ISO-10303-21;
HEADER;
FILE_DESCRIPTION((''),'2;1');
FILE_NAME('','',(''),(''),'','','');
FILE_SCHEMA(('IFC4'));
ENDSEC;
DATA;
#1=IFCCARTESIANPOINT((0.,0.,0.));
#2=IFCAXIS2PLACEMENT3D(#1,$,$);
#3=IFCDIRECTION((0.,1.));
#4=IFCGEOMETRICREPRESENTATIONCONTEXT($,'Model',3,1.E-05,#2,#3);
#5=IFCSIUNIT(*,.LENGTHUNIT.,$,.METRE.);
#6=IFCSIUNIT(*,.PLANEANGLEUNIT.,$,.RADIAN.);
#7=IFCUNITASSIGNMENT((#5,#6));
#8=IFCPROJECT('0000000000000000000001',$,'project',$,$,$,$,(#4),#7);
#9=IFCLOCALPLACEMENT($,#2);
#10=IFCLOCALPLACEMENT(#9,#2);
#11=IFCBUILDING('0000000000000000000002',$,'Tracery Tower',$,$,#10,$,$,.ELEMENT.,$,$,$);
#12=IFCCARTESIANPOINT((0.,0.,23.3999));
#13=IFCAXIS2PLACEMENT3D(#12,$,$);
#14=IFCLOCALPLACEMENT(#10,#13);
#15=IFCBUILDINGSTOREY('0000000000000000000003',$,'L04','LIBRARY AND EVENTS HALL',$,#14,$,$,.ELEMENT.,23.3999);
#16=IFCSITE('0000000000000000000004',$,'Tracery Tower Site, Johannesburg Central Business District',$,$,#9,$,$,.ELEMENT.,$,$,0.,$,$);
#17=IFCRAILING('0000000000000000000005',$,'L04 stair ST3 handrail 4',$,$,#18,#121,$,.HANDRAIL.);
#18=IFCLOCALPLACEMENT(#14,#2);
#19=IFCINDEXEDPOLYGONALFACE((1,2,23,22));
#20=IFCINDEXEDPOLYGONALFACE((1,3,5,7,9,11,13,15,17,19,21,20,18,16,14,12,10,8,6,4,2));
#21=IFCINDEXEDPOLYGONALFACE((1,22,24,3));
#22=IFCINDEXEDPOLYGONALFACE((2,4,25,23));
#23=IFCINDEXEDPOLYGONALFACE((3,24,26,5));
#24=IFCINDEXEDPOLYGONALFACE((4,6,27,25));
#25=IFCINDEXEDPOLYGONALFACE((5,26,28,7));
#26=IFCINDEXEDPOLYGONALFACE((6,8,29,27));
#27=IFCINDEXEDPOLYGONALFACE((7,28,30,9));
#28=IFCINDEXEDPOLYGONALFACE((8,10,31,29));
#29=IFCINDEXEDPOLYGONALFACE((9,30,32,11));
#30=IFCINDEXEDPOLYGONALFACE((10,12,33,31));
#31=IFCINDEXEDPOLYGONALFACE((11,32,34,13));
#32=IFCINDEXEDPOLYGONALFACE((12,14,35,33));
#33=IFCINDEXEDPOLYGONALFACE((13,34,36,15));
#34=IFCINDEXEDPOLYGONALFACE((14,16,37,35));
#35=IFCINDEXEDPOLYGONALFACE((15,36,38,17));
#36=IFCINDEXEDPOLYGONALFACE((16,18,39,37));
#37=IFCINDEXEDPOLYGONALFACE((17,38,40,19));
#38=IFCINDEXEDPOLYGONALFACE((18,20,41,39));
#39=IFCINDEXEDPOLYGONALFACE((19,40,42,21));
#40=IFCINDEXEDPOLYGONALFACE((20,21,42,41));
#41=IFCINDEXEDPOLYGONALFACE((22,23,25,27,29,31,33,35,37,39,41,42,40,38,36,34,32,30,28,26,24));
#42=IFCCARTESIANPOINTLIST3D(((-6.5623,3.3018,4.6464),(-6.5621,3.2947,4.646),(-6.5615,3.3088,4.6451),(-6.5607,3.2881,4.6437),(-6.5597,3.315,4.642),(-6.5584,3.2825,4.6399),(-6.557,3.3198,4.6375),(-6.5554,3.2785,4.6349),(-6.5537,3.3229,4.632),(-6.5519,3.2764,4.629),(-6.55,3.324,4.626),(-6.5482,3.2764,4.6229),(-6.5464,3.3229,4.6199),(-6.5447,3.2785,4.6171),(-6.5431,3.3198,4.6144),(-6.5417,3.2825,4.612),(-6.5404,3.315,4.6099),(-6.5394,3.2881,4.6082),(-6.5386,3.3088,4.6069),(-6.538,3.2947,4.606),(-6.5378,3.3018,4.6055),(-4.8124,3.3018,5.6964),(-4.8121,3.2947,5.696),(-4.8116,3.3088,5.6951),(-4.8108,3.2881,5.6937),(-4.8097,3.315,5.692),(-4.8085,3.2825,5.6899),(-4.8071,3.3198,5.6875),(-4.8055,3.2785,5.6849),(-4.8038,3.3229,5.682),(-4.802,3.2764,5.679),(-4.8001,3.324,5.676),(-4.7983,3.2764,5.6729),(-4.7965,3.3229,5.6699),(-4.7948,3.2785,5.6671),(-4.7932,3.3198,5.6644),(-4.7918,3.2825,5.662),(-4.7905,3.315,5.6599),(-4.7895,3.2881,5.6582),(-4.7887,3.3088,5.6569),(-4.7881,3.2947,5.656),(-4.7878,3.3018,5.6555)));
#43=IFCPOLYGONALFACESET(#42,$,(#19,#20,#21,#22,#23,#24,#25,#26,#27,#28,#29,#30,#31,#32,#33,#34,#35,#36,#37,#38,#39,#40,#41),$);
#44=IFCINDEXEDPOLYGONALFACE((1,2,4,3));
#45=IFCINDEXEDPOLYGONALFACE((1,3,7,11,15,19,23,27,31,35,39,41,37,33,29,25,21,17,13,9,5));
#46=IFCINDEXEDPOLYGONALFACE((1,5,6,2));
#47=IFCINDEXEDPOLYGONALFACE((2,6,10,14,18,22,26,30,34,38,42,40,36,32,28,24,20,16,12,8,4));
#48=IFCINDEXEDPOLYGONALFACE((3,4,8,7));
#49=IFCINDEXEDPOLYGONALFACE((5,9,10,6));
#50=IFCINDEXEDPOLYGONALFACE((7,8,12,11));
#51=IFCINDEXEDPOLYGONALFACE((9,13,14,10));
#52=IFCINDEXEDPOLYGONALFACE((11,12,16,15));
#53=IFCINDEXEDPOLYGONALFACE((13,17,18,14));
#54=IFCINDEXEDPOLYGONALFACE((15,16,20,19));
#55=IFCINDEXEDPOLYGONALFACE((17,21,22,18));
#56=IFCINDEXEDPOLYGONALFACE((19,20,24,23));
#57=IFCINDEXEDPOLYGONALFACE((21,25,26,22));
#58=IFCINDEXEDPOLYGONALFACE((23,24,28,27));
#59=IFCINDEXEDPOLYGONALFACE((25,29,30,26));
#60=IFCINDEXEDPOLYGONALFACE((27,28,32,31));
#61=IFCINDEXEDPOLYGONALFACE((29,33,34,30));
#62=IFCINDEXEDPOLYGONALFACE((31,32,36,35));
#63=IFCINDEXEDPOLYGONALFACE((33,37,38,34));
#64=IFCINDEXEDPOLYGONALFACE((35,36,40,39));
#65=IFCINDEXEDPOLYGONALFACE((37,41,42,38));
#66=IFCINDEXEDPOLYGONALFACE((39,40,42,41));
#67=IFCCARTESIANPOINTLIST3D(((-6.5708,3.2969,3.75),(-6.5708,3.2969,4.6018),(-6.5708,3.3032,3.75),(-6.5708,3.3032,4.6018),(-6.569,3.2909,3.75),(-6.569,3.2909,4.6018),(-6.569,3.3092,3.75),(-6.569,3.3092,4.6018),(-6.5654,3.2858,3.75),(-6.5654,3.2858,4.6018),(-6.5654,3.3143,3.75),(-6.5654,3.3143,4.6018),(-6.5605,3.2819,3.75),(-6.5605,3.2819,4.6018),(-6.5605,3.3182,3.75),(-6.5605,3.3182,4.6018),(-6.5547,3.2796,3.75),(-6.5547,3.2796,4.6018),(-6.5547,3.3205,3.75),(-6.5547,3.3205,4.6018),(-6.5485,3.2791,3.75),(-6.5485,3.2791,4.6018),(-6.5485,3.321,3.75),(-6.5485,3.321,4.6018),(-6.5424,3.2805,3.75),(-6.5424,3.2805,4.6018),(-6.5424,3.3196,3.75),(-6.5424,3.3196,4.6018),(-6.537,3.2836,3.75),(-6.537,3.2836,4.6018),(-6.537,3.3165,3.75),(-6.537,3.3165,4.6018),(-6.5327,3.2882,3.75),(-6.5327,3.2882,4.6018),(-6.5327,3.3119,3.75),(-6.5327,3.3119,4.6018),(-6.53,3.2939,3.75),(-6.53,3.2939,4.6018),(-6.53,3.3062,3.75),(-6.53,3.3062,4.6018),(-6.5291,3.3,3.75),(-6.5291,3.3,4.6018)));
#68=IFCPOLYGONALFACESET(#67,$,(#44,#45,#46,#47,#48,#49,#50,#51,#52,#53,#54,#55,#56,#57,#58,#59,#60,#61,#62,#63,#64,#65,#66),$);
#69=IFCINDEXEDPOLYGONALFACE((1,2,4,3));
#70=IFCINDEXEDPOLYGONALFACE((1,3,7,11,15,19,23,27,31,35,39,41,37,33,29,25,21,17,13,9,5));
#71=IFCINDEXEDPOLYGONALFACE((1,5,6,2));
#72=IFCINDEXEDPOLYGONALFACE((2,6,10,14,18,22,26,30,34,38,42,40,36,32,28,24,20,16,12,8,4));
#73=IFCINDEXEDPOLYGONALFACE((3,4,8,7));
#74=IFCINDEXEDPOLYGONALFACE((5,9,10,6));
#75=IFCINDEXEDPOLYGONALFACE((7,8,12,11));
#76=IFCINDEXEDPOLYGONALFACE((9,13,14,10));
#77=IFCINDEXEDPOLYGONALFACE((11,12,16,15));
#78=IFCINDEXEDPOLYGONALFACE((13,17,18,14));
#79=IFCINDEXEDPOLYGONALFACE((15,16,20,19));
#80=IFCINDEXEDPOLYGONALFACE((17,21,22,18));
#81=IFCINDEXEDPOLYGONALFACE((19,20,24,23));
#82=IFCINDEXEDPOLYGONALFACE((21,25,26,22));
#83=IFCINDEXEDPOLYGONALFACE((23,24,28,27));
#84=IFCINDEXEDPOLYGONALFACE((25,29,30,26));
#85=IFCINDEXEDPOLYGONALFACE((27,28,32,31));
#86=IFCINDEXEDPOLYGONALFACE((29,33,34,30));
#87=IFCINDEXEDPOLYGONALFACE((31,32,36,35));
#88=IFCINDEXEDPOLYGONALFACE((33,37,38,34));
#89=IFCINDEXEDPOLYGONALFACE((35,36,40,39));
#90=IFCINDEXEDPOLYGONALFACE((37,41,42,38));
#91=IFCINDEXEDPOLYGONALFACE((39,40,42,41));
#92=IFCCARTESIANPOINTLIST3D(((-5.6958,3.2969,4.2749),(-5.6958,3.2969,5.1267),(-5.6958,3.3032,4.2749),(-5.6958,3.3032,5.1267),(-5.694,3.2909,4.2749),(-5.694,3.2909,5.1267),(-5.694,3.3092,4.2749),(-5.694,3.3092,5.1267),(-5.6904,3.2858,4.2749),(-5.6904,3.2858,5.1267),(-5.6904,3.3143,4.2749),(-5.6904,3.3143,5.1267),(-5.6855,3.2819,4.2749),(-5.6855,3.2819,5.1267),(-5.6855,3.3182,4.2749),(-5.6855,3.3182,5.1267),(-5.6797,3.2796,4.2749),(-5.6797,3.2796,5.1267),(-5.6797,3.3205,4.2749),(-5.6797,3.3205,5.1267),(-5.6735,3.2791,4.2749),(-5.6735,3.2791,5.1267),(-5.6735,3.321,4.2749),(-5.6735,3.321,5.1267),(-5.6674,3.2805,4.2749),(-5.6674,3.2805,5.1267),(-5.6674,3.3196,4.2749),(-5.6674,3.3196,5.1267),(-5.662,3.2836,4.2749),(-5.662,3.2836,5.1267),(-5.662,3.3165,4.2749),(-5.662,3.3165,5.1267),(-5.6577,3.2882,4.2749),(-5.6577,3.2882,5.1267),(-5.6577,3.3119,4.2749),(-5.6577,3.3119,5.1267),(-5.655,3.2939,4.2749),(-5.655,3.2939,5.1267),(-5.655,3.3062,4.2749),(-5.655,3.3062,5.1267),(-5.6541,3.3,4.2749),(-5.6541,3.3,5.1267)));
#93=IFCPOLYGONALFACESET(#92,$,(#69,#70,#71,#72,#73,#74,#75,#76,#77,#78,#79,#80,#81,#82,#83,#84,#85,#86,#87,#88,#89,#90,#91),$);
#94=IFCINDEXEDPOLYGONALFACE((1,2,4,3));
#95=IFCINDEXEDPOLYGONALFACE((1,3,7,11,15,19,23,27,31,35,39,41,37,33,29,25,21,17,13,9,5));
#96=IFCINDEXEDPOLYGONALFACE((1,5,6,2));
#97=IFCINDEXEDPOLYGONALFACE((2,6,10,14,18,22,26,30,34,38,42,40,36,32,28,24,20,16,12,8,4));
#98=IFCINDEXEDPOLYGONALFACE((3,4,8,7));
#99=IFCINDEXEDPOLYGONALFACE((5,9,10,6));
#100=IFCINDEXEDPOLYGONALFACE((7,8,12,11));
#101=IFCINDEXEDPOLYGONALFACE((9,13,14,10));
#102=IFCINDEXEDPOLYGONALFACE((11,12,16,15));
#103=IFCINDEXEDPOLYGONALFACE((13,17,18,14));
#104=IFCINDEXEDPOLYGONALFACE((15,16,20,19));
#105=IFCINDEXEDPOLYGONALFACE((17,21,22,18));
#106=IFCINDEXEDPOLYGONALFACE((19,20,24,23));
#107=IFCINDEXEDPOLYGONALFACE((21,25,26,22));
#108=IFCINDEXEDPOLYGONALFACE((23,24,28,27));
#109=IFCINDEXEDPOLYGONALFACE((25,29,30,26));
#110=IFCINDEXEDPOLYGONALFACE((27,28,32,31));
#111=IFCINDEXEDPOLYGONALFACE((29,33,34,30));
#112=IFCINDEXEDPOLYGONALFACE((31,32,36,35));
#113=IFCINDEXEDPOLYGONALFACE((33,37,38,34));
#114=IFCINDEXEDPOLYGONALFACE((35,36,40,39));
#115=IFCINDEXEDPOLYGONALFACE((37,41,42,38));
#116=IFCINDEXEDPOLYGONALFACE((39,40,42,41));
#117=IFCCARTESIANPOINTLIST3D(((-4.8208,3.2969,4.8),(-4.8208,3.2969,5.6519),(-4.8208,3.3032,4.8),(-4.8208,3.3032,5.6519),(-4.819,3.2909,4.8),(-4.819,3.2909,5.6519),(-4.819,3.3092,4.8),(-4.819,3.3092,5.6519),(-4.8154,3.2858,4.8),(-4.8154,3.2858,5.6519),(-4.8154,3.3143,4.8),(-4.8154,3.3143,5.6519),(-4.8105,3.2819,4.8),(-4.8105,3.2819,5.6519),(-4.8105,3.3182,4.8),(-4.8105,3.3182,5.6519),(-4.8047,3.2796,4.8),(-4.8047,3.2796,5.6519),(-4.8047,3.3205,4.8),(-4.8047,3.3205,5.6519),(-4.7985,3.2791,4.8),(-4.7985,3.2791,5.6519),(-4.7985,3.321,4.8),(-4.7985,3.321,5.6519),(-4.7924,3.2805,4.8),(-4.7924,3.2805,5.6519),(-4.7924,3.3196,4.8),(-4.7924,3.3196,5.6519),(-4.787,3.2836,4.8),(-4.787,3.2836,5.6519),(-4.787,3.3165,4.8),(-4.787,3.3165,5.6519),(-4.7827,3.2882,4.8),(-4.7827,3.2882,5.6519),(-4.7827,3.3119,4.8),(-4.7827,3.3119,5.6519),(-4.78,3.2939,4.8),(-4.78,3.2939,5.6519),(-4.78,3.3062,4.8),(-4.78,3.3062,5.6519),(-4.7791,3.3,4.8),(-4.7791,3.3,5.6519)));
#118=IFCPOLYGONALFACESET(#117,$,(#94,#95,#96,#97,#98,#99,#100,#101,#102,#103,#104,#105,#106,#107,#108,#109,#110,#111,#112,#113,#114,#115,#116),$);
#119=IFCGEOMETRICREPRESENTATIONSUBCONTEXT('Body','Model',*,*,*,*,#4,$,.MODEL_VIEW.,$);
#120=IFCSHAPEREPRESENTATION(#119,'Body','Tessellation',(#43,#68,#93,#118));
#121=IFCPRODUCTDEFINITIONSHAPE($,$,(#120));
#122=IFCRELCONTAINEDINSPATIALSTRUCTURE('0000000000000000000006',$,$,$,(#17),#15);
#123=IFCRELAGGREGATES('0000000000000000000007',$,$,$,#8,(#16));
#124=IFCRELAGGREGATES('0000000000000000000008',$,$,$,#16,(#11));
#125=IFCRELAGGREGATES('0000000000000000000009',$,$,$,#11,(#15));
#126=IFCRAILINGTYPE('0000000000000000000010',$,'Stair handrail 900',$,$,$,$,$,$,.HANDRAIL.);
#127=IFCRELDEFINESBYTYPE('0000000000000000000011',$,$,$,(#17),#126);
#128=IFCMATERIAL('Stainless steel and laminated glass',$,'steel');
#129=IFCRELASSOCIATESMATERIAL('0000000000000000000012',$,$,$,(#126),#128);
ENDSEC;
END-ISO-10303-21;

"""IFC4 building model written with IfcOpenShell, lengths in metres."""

from ifc_helpers import new_model, si_unit, direction, frame, origin, origin_2d, place, context, subcontext, project, spatial, circle, extrude, material, type_object, element, save


model = new_model("IFC4")

# Units and contexts
model_context = context("Model", 3, precision=1e-05, world=origin(), true_north=direction((0.0, 1.0)))
body_context = subcontext(model_context, "Body", "Model", "MODEL_VIEW")
ifc_project = project(units=[si_unit("LENGTHUNIT", "METRE"), si_unit("PLANEANGLEUNIT", "RADIAN")], contexts=[model_context])

# Site, building, storey
site_placement = place(None, origin())
site = spatial("IfcSite", under=ifc_project, at=site_placement, Name="Tracery Tower Site, Johannesburg Central Business District", CompositionType="ELEMENT", RefElevation=0.0)
building_placement = place(site_placement, origin())
building = spatial("IfcBuilding", under=site, at=building_placement, Name="Tracery Tower", CompositionType="ELEMENT")
storey_placement = place(building_placement, frame((0.0, 0.0, 23.3999)))
storey = spatial("IfcBuildingStorey", under=building, at=storey_placement, Name="L04", Description="LIBRARY AND EVENTS HALL", CompositionType="ELEMENT", Elevation=23.3999)

# Railing
ifc_material_1 = material(Name="Stainless steel and laminated glass", Category="steel")
railing_type_1 = type_object("IfcRailingType", Name="Stair handrail 900", PredefinedType="HANDRAIL", material=ifc_material_1)
railing_1_placement = place(storey_placement, frame((-6.55, 3.3, 3.75)))
element("IfcRailing", 1, at=railing_1_placement, inside=storey, type_object=railing_type_1, Name="L04 stair ST3 handrail 4", PredefinedType="HANDRAIL", context=body_context, shape_type="SweptSolid", body=[
    extrude(circle(Radius=0.0239, at=origin_2d()), frame((0.0, 0.0, 0.876), z_axis=(0.857482, 0.0, 0.514513), x_axis=(0.0, 1.0, 0.0)), (0.0, 0.0, 1.0), 2.0408),
    extrude(circle(Radius=0.021, at=origin_2d()), origin(), (0.0, 0.0, 1.0), 0.8518),
    extrude(circle(Radius=0.021, at=origin_2d()), frame((0.875, 0.0, 0.5249)), (0.0, 0.0, 1.0), 0.8518),
    extrude(circle(Radius=0.021, at=origin_2d()), frame((1.75, 0.0, 1.05)), (0.0, 0.0, 1.0), 0.8518),
])

save(model, "model.ifc")
